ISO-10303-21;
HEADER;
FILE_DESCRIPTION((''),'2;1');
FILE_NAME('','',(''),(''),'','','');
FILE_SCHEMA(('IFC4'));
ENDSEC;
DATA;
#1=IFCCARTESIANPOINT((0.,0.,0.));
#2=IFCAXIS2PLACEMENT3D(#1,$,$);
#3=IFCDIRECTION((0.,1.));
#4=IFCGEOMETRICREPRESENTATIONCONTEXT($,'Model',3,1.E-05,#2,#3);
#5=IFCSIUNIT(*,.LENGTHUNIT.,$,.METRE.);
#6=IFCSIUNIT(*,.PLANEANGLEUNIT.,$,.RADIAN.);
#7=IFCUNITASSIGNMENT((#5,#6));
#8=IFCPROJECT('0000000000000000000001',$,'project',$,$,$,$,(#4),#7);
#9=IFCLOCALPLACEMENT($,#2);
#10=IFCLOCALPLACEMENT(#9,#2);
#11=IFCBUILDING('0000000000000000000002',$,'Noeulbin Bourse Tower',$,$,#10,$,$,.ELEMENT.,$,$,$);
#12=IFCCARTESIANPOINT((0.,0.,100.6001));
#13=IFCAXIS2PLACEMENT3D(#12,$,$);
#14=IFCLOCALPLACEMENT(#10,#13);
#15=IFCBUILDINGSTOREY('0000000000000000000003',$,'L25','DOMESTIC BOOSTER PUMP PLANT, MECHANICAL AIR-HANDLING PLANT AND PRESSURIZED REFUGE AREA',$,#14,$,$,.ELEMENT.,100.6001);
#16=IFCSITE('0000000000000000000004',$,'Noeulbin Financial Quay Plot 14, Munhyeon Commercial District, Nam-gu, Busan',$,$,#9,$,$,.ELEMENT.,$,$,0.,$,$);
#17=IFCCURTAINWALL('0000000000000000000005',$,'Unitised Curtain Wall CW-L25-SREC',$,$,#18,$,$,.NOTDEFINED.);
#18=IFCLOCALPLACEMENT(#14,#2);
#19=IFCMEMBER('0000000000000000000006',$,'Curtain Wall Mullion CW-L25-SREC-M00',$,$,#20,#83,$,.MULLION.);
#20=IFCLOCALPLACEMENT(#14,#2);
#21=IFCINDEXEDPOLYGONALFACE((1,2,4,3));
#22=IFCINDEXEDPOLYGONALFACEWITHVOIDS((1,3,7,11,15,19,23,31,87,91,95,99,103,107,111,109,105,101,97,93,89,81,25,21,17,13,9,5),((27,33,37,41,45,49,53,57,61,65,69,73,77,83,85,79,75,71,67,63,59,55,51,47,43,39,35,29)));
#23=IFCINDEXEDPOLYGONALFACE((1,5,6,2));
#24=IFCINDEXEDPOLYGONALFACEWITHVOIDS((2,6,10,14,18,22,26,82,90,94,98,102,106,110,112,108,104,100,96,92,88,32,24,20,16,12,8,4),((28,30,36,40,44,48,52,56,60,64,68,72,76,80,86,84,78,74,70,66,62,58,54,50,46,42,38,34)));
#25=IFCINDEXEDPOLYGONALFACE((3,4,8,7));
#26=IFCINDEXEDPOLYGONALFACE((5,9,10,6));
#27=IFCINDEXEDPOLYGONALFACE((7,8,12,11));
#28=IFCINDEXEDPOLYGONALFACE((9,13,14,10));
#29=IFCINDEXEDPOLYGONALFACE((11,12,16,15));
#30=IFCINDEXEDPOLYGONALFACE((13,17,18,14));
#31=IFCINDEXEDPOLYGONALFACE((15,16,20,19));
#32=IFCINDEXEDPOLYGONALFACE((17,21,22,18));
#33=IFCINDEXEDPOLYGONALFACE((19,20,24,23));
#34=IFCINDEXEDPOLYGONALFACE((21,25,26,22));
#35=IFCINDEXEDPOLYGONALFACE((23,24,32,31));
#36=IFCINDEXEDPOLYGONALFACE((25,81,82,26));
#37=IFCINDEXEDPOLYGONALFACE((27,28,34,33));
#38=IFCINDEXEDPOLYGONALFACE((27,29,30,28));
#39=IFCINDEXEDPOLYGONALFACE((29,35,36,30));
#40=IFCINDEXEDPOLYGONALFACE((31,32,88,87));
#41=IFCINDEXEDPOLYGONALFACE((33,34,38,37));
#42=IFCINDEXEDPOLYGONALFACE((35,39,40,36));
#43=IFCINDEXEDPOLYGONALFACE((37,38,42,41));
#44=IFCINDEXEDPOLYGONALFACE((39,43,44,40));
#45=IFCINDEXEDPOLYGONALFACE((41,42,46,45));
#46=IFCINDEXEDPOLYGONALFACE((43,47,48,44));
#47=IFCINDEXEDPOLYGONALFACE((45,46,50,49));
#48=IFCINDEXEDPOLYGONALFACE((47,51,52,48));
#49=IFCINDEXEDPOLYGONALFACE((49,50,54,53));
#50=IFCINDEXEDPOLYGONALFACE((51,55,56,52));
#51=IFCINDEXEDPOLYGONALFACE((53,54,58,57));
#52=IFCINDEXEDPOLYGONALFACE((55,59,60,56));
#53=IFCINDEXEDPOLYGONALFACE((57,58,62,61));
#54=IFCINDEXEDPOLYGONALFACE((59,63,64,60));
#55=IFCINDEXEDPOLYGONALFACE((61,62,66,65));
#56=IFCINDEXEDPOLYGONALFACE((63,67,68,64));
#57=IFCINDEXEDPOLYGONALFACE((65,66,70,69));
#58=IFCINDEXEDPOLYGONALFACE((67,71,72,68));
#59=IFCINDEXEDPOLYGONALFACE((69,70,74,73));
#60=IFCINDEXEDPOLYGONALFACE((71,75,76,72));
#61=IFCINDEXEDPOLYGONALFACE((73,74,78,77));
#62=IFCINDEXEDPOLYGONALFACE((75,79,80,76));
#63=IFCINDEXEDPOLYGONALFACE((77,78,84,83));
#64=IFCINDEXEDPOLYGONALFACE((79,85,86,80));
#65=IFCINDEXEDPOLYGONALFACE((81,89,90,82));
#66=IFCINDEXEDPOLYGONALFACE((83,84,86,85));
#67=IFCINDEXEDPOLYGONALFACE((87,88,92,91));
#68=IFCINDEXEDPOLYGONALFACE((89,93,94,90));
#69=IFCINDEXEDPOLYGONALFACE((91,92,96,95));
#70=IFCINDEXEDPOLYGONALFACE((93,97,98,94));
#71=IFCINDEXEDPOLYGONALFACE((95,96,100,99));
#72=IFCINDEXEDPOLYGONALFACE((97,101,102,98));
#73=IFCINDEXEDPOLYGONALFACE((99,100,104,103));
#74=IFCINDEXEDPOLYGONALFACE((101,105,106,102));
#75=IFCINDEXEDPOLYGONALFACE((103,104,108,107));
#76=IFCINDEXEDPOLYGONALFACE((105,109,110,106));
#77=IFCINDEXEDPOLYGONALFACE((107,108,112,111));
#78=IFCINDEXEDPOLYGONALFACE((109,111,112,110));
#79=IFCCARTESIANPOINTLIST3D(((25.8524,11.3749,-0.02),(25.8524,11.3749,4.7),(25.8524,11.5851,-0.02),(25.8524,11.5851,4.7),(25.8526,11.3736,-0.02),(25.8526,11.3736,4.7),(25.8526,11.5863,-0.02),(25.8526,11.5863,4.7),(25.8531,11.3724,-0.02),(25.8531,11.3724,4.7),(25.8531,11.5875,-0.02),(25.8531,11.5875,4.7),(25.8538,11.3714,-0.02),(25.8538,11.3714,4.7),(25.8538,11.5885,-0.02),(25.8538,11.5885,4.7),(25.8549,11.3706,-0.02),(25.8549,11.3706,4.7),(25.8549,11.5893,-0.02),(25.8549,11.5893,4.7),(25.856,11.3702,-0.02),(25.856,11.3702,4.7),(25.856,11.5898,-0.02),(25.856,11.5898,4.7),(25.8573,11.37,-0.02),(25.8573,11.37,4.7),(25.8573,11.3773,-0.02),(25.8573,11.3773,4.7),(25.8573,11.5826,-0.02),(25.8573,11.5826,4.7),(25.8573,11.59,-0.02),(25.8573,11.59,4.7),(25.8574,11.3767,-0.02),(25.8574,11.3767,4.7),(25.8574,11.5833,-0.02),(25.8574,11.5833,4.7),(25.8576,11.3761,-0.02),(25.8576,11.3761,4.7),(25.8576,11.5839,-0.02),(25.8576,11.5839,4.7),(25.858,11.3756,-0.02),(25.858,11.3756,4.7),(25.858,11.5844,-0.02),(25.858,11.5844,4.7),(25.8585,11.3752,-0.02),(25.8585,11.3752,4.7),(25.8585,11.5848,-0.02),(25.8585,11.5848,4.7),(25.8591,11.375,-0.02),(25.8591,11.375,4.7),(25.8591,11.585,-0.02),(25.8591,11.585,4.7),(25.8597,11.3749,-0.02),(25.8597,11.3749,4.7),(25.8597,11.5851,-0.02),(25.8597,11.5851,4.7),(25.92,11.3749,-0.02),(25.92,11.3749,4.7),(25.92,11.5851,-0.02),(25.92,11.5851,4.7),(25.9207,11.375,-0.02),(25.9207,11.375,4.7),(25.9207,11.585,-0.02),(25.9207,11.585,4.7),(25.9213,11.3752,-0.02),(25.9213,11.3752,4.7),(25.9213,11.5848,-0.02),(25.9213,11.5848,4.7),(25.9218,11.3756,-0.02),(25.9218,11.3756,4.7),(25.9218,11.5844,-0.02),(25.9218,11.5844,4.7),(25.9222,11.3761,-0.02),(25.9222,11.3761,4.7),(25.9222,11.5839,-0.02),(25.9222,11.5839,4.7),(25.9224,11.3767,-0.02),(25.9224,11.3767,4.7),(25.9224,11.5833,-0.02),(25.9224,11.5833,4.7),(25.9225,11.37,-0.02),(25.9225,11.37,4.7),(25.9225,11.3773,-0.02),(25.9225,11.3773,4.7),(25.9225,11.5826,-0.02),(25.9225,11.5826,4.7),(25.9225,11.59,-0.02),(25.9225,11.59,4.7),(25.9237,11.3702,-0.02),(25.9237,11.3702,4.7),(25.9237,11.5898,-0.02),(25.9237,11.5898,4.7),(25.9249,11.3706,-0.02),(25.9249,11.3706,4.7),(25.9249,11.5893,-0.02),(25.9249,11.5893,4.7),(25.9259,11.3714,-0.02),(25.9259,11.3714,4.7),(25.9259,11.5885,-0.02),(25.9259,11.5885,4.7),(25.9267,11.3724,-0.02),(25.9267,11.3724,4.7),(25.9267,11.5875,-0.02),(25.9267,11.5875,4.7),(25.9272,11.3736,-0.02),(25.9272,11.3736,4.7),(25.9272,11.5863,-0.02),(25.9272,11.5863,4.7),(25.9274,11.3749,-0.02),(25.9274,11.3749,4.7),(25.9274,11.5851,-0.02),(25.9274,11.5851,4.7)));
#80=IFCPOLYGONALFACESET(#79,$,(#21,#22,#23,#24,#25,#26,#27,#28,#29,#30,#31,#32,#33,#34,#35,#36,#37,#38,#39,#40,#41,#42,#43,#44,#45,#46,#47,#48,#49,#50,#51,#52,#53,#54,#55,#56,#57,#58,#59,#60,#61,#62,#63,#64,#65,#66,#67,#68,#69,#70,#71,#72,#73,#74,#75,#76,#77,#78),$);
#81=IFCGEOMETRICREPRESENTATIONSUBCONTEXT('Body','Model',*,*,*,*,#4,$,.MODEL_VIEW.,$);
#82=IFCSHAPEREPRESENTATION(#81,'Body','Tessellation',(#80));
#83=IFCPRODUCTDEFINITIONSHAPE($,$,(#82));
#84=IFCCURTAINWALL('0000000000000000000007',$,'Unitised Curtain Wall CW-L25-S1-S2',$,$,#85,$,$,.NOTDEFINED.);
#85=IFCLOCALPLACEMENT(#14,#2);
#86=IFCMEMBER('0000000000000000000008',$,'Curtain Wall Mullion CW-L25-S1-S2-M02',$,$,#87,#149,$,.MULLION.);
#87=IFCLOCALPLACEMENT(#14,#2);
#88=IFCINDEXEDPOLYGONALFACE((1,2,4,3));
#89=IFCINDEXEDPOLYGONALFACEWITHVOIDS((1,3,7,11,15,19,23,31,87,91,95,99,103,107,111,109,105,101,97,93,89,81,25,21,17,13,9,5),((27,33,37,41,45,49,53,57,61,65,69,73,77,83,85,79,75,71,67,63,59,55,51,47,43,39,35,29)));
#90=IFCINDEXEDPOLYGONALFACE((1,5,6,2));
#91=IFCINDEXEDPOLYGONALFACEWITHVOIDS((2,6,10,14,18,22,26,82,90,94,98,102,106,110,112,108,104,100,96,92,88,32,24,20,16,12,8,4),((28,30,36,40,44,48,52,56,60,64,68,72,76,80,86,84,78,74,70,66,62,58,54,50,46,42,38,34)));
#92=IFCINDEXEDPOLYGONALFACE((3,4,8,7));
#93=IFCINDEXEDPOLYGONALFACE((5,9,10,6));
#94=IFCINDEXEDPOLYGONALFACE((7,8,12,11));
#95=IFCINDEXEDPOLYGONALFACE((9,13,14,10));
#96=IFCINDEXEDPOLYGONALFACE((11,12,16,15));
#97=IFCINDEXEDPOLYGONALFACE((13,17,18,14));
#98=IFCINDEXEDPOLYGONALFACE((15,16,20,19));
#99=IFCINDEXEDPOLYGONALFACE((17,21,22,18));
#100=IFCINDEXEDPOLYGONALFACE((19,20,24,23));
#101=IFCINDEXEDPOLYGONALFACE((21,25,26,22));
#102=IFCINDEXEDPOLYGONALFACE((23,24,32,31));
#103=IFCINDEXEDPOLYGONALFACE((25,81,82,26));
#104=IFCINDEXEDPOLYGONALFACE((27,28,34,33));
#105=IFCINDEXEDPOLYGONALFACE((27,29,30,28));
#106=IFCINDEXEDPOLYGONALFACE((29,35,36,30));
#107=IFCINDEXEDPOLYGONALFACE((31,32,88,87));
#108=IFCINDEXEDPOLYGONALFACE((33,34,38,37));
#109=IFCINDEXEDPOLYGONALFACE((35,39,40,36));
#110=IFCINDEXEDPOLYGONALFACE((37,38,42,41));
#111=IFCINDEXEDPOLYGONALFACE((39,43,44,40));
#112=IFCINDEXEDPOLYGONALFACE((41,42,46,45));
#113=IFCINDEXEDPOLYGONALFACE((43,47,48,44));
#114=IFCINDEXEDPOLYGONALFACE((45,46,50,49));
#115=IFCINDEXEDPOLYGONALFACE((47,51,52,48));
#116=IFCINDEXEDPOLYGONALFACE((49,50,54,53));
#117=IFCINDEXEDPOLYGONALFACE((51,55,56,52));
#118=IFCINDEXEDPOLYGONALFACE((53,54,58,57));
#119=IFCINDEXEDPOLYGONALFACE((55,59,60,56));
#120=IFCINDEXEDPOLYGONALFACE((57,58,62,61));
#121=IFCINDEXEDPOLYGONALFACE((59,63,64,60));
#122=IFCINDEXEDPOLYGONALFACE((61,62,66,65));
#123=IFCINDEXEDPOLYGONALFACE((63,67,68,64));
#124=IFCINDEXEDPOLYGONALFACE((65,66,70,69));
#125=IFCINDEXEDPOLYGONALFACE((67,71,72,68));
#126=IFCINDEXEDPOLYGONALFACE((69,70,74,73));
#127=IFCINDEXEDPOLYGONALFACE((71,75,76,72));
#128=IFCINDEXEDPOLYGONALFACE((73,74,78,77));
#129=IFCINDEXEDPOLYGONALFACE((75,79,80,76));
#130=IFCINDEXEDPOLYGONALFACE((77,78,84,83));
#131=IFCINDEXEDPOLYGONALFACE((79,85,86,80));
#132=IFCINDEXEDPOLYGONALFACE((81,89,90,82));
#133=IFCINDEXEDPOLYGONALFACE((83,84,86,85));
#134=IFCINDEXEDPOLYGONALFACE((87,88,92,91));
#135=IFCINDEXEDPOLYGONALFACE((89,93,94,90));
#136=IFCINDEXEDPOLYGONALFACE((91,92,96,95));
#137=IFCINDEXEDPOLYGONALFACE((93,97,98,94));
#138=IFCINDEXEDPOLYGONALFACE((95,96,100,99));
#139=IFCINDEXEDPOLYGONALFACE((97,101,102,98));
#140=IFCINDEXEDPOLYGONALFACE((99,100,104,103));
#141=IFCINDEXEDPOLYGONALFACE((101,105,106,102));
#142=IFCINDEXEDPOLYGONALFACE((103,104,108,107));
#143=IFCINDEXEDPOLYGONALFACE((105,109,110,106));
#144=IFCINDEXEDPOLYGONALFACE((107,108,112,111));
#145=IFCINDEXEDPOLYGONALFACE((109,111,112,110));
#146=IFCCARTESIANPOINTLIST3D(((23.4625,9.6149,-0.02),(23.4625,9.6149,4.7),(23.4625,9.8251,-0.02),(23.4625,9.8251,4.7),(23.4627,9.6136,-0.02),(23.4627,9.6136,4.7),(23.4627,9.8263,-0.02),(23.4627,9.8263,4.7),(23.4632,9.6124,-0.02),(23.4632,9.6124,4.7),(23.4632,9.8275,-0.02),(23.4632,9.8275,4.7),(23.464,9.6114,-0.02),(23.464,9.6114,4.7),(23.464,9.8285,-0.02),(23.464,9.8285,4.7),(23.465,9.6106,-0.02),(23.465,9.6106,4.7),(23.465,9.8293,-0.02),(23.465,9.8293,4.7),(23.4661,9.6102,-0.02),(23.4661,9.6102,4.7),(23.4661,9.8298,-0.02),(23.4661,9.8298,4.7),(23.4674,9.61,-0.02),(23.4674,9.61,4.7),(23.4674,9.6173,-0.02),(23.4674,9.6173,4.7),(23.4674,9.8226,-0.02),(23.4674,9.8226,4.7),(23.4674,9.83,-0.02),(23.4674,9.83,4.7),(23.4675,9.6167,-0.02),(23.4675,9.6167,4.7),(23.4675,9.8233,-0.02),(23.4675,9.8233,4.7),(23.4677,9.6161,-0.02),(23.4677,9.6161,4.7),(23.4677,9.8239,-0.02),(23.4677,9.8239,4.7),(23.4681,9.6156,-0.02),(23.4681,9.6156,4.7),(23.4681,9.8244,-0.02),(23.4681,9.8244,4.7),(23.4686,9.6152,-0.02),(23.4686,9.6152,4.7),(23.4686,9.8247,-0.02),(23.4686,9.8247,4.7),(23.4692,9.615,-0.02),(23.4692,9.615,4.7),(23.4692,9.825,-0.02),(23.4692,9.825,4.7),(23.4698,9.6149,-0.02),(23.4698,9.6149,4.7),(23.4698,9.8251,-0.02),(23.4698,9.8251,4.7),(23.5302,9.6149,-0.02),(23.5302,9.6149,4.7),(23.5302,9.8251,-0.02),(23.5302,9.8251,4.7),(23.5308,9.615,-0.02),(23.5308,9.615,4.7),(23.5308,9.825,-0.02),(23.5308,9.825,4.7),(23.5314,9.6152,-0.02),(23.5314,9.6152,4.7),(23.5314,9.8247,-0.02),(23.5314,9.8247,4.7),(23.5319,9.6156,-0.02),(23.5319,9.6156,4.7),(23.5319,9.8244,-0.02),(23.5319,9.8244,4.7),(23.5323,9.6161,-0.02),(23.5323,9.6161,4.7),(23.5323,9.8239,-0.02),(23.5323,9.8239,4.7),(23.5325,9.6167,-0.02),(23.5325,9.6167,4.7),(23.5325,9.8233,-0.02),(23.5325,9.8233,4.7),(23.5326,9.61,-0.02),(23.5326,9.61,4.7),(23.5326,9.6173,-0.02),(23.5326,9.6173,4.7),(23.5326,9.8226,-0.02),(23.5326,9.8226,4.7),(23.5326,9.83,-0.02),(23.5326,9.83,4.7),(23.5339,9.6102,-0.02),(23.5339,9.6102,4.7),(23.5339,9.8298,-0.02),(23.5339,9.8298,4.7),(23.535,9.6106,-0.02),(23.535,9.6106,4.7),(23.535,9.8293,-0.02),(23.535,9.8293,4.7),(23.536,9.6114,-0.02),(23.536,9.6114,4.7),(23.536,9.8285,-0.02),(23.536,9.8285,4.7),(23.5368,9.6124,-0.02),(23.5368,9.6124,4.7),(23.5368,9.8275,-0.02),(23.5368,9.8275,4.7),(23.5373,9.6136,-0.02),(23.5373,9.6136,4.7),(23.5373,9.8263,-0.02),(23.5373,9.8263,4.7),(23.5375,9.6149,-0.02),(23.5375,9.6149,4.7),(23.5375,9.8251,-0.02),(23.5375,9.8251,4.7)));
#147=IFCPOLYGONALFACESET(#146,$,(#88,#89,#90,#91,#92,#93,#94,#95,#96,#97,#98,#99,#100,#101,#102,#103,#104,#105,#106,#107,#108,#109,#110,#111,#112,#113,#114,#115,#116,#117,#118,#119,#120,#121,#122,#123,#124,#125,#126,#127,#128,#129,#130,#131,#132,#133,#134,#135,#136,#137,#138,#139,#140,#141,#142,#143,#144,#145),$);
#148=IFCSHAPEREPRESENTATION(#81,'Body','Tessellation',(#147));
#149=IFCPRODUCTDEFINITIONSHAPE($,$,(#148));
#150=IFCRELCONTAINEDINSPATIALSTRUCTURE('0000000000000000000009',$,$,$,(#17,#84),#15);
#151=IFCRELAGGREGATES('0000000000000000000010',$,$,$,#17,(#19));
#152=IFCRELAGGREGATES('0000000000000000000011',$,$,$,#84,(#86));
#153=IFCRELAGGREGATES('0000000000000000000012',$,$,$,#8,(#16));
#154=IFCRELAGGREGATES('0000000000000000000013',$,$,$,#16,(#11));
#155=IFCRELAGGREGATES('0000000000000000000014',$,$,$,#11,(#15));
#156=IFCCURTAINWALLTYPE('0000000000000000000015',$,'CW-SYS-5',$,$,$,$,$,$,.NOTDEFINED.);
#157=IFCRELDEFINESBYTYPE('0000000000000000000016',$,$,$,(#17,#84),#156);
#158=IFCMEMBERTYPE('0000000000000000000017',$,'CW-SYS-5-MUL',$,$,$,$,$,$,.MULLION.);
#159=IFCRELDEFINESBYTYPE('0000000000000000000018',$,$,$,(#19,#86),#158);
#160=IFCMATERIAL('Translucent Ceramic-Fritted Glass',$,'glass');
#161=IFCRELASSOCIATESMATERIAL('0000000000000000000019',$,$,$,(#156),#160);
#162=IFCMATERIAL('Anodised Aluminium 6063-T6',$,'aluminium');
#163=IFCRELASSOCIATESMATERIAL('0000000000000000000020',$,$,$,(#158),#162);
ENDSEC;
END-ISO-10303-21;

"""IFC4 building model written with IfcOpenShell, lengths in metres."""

from ifc_helpers import new_model, si_unit, direction, frame, origin, origin_2d, place, context, subcontext, project, spatial, hollow_rectangle, extrude, material, material_profile, profile_set, type_object, element, aggregate, save


model = new_model("IFC4")

# Units and contexts
model_context = context("Model", 3, precision=1e-05, world=origin(), true_north=direction((0.0, 1.0)))
body_context = subcontext(model_context, "Body", "Model", "MODEL_VIEW")
ifc_project = project(units=[si_unit("LENGTHUNIT", "METRE"), si_unit("PLANEANGLEUNIT", "RADIAN")], contexts=[model_context])

# Site, building, storey
site_placement = place(None, origin())
site = spatial("IfcSite", under=ifc_project, at=site_placement, Name="Noeulbin Financial Quay Plot 14, Munhyeon Commercial District, Nam-gu, Busan", CompositionType="ELEMENT", RefElevation=0.0)
building_placement = place(site_placement, origin())
building = spatial("IfcBuilding", under=site, at=building_placement, Name="Noeulbin Bourse Tower", CompositionType="ELEMENT")
storey_placement = place(building_placement, frame((0.0, 0.0, 100.6001)))
storey = spatial("IfcBuildingStorey", under=building, at=storey_placement, Name="L25", Description="DOMESTIC BOOSTER PUMP PLANT, MECHANICAL AIR-HANDLING PLANT AND PRESSURIZED REFUGE AREA", CompositionType="ELEMENT", Elevation=100.6001)

# Curtain walls, members
ifc_material_1 = material(Name="Translucent Ceramic-Fritted Glass", Category="glass")
curtain_wall_type = type_object("IfcCurtainWallType", Name="CW-SYS-5", PredefinedType="NOTDEFINED", material=ifc_material_1)
curtain_wall_1_placement = place(storey_placement, origin())
curtain_wall_1 = element("IfcCurtainWall", 1, at=curtain_wall_1_placement, inside=storey, type_object=curtain_wall_type, Name="Unitised Curtain Wall CW-L25-SREC", PredefinedType="NOTDEFINED")
ifc_material_2 = material(Name="Anodised Aluminium 6063-T6", Category="aluminium")
ifc_material_profile_1 = material_profile(ifc_material_2, hollow_rectangle(XDim=0.075, YDim=0.22, WallThickness=0.0049, InnerFilletRadius=0.0024, OuterFilletRadius=0.0049, at=origin_2d()), Name="ALU-MULL-75x220x5", Category="LoadBearing")
ifc_profile_set_1 = profile_set([ifc_material_profile_1], Name="Anodised Aluminium 6063-T6")
member_type_1 = type_object("IfcMemberType", Name="CW-SYS-5-MUL", PredefinedType="MULLION", material=ifc_profile_set_1)
member_1_placement = place(storey_placement, frame((25.8899, 11.48, -0.02), z_axis=(0.0, 0.0, 1.0), x_axis=(1.0, 0.0, 0.0)))
member_1 = element("IfcMember", 2, at=member_1_placement, type_object=member_type_1, Name="Curtain Wall Mullion CW-L25-SREC-M00", PredefinedType="MULLION", context=body_context, shape_type="SweptSolid", body=[
    extrude(hollow_rectangle(XDim=0.075, YDim=0.22, WallThickness=0.0049, InnerFilletRadius=0.0024, OuterFilletRadius=0.0049, at=origin_2d()), origin(), (0.0, 0.0, 1.0), 4.72),
])
aggregate(curtain_wall_1, [member_1])
curtain_wall_2_placement = place(storey_placement, origin())
curtain_wall_2 = element("IfcCurtainWall", 3, at=curtain_wall_2_placement, inside=storey, type_object=curtain_wall_type, Name="Unitised Curtain Wall CW-L25-S1-S2", PredefinedType="NOTDEFINED")
member_2_placement = place(storey_placement, frame((23.5, 9.72, -0.02), z_axis=(0.0, 0.0, 1.0), x_axis=(1.0, 0.0, 0.0)))
member_2 = element("IfcMember", 4, at=member_2_placement, type_object=member_type_1, Name="Curtain Wall Mullion CW-L25-S1-S2-M02", PredefinedType="MULLION", context=body_context, shape_type="SweptSolid", body=[
    extrude(hollow_rectangle(XDim=0.075, YDim=0.22, WallThickness=0.0049, InnerFilletRadius=0.0024, OuterFilletRadius=0.0049, at=origin_2d()), origin(), (0.0, 0.0, 1.0), 4.72),
])

aggregate(curtain_wall_2, [member_2])

save(model, "model.ifc")
